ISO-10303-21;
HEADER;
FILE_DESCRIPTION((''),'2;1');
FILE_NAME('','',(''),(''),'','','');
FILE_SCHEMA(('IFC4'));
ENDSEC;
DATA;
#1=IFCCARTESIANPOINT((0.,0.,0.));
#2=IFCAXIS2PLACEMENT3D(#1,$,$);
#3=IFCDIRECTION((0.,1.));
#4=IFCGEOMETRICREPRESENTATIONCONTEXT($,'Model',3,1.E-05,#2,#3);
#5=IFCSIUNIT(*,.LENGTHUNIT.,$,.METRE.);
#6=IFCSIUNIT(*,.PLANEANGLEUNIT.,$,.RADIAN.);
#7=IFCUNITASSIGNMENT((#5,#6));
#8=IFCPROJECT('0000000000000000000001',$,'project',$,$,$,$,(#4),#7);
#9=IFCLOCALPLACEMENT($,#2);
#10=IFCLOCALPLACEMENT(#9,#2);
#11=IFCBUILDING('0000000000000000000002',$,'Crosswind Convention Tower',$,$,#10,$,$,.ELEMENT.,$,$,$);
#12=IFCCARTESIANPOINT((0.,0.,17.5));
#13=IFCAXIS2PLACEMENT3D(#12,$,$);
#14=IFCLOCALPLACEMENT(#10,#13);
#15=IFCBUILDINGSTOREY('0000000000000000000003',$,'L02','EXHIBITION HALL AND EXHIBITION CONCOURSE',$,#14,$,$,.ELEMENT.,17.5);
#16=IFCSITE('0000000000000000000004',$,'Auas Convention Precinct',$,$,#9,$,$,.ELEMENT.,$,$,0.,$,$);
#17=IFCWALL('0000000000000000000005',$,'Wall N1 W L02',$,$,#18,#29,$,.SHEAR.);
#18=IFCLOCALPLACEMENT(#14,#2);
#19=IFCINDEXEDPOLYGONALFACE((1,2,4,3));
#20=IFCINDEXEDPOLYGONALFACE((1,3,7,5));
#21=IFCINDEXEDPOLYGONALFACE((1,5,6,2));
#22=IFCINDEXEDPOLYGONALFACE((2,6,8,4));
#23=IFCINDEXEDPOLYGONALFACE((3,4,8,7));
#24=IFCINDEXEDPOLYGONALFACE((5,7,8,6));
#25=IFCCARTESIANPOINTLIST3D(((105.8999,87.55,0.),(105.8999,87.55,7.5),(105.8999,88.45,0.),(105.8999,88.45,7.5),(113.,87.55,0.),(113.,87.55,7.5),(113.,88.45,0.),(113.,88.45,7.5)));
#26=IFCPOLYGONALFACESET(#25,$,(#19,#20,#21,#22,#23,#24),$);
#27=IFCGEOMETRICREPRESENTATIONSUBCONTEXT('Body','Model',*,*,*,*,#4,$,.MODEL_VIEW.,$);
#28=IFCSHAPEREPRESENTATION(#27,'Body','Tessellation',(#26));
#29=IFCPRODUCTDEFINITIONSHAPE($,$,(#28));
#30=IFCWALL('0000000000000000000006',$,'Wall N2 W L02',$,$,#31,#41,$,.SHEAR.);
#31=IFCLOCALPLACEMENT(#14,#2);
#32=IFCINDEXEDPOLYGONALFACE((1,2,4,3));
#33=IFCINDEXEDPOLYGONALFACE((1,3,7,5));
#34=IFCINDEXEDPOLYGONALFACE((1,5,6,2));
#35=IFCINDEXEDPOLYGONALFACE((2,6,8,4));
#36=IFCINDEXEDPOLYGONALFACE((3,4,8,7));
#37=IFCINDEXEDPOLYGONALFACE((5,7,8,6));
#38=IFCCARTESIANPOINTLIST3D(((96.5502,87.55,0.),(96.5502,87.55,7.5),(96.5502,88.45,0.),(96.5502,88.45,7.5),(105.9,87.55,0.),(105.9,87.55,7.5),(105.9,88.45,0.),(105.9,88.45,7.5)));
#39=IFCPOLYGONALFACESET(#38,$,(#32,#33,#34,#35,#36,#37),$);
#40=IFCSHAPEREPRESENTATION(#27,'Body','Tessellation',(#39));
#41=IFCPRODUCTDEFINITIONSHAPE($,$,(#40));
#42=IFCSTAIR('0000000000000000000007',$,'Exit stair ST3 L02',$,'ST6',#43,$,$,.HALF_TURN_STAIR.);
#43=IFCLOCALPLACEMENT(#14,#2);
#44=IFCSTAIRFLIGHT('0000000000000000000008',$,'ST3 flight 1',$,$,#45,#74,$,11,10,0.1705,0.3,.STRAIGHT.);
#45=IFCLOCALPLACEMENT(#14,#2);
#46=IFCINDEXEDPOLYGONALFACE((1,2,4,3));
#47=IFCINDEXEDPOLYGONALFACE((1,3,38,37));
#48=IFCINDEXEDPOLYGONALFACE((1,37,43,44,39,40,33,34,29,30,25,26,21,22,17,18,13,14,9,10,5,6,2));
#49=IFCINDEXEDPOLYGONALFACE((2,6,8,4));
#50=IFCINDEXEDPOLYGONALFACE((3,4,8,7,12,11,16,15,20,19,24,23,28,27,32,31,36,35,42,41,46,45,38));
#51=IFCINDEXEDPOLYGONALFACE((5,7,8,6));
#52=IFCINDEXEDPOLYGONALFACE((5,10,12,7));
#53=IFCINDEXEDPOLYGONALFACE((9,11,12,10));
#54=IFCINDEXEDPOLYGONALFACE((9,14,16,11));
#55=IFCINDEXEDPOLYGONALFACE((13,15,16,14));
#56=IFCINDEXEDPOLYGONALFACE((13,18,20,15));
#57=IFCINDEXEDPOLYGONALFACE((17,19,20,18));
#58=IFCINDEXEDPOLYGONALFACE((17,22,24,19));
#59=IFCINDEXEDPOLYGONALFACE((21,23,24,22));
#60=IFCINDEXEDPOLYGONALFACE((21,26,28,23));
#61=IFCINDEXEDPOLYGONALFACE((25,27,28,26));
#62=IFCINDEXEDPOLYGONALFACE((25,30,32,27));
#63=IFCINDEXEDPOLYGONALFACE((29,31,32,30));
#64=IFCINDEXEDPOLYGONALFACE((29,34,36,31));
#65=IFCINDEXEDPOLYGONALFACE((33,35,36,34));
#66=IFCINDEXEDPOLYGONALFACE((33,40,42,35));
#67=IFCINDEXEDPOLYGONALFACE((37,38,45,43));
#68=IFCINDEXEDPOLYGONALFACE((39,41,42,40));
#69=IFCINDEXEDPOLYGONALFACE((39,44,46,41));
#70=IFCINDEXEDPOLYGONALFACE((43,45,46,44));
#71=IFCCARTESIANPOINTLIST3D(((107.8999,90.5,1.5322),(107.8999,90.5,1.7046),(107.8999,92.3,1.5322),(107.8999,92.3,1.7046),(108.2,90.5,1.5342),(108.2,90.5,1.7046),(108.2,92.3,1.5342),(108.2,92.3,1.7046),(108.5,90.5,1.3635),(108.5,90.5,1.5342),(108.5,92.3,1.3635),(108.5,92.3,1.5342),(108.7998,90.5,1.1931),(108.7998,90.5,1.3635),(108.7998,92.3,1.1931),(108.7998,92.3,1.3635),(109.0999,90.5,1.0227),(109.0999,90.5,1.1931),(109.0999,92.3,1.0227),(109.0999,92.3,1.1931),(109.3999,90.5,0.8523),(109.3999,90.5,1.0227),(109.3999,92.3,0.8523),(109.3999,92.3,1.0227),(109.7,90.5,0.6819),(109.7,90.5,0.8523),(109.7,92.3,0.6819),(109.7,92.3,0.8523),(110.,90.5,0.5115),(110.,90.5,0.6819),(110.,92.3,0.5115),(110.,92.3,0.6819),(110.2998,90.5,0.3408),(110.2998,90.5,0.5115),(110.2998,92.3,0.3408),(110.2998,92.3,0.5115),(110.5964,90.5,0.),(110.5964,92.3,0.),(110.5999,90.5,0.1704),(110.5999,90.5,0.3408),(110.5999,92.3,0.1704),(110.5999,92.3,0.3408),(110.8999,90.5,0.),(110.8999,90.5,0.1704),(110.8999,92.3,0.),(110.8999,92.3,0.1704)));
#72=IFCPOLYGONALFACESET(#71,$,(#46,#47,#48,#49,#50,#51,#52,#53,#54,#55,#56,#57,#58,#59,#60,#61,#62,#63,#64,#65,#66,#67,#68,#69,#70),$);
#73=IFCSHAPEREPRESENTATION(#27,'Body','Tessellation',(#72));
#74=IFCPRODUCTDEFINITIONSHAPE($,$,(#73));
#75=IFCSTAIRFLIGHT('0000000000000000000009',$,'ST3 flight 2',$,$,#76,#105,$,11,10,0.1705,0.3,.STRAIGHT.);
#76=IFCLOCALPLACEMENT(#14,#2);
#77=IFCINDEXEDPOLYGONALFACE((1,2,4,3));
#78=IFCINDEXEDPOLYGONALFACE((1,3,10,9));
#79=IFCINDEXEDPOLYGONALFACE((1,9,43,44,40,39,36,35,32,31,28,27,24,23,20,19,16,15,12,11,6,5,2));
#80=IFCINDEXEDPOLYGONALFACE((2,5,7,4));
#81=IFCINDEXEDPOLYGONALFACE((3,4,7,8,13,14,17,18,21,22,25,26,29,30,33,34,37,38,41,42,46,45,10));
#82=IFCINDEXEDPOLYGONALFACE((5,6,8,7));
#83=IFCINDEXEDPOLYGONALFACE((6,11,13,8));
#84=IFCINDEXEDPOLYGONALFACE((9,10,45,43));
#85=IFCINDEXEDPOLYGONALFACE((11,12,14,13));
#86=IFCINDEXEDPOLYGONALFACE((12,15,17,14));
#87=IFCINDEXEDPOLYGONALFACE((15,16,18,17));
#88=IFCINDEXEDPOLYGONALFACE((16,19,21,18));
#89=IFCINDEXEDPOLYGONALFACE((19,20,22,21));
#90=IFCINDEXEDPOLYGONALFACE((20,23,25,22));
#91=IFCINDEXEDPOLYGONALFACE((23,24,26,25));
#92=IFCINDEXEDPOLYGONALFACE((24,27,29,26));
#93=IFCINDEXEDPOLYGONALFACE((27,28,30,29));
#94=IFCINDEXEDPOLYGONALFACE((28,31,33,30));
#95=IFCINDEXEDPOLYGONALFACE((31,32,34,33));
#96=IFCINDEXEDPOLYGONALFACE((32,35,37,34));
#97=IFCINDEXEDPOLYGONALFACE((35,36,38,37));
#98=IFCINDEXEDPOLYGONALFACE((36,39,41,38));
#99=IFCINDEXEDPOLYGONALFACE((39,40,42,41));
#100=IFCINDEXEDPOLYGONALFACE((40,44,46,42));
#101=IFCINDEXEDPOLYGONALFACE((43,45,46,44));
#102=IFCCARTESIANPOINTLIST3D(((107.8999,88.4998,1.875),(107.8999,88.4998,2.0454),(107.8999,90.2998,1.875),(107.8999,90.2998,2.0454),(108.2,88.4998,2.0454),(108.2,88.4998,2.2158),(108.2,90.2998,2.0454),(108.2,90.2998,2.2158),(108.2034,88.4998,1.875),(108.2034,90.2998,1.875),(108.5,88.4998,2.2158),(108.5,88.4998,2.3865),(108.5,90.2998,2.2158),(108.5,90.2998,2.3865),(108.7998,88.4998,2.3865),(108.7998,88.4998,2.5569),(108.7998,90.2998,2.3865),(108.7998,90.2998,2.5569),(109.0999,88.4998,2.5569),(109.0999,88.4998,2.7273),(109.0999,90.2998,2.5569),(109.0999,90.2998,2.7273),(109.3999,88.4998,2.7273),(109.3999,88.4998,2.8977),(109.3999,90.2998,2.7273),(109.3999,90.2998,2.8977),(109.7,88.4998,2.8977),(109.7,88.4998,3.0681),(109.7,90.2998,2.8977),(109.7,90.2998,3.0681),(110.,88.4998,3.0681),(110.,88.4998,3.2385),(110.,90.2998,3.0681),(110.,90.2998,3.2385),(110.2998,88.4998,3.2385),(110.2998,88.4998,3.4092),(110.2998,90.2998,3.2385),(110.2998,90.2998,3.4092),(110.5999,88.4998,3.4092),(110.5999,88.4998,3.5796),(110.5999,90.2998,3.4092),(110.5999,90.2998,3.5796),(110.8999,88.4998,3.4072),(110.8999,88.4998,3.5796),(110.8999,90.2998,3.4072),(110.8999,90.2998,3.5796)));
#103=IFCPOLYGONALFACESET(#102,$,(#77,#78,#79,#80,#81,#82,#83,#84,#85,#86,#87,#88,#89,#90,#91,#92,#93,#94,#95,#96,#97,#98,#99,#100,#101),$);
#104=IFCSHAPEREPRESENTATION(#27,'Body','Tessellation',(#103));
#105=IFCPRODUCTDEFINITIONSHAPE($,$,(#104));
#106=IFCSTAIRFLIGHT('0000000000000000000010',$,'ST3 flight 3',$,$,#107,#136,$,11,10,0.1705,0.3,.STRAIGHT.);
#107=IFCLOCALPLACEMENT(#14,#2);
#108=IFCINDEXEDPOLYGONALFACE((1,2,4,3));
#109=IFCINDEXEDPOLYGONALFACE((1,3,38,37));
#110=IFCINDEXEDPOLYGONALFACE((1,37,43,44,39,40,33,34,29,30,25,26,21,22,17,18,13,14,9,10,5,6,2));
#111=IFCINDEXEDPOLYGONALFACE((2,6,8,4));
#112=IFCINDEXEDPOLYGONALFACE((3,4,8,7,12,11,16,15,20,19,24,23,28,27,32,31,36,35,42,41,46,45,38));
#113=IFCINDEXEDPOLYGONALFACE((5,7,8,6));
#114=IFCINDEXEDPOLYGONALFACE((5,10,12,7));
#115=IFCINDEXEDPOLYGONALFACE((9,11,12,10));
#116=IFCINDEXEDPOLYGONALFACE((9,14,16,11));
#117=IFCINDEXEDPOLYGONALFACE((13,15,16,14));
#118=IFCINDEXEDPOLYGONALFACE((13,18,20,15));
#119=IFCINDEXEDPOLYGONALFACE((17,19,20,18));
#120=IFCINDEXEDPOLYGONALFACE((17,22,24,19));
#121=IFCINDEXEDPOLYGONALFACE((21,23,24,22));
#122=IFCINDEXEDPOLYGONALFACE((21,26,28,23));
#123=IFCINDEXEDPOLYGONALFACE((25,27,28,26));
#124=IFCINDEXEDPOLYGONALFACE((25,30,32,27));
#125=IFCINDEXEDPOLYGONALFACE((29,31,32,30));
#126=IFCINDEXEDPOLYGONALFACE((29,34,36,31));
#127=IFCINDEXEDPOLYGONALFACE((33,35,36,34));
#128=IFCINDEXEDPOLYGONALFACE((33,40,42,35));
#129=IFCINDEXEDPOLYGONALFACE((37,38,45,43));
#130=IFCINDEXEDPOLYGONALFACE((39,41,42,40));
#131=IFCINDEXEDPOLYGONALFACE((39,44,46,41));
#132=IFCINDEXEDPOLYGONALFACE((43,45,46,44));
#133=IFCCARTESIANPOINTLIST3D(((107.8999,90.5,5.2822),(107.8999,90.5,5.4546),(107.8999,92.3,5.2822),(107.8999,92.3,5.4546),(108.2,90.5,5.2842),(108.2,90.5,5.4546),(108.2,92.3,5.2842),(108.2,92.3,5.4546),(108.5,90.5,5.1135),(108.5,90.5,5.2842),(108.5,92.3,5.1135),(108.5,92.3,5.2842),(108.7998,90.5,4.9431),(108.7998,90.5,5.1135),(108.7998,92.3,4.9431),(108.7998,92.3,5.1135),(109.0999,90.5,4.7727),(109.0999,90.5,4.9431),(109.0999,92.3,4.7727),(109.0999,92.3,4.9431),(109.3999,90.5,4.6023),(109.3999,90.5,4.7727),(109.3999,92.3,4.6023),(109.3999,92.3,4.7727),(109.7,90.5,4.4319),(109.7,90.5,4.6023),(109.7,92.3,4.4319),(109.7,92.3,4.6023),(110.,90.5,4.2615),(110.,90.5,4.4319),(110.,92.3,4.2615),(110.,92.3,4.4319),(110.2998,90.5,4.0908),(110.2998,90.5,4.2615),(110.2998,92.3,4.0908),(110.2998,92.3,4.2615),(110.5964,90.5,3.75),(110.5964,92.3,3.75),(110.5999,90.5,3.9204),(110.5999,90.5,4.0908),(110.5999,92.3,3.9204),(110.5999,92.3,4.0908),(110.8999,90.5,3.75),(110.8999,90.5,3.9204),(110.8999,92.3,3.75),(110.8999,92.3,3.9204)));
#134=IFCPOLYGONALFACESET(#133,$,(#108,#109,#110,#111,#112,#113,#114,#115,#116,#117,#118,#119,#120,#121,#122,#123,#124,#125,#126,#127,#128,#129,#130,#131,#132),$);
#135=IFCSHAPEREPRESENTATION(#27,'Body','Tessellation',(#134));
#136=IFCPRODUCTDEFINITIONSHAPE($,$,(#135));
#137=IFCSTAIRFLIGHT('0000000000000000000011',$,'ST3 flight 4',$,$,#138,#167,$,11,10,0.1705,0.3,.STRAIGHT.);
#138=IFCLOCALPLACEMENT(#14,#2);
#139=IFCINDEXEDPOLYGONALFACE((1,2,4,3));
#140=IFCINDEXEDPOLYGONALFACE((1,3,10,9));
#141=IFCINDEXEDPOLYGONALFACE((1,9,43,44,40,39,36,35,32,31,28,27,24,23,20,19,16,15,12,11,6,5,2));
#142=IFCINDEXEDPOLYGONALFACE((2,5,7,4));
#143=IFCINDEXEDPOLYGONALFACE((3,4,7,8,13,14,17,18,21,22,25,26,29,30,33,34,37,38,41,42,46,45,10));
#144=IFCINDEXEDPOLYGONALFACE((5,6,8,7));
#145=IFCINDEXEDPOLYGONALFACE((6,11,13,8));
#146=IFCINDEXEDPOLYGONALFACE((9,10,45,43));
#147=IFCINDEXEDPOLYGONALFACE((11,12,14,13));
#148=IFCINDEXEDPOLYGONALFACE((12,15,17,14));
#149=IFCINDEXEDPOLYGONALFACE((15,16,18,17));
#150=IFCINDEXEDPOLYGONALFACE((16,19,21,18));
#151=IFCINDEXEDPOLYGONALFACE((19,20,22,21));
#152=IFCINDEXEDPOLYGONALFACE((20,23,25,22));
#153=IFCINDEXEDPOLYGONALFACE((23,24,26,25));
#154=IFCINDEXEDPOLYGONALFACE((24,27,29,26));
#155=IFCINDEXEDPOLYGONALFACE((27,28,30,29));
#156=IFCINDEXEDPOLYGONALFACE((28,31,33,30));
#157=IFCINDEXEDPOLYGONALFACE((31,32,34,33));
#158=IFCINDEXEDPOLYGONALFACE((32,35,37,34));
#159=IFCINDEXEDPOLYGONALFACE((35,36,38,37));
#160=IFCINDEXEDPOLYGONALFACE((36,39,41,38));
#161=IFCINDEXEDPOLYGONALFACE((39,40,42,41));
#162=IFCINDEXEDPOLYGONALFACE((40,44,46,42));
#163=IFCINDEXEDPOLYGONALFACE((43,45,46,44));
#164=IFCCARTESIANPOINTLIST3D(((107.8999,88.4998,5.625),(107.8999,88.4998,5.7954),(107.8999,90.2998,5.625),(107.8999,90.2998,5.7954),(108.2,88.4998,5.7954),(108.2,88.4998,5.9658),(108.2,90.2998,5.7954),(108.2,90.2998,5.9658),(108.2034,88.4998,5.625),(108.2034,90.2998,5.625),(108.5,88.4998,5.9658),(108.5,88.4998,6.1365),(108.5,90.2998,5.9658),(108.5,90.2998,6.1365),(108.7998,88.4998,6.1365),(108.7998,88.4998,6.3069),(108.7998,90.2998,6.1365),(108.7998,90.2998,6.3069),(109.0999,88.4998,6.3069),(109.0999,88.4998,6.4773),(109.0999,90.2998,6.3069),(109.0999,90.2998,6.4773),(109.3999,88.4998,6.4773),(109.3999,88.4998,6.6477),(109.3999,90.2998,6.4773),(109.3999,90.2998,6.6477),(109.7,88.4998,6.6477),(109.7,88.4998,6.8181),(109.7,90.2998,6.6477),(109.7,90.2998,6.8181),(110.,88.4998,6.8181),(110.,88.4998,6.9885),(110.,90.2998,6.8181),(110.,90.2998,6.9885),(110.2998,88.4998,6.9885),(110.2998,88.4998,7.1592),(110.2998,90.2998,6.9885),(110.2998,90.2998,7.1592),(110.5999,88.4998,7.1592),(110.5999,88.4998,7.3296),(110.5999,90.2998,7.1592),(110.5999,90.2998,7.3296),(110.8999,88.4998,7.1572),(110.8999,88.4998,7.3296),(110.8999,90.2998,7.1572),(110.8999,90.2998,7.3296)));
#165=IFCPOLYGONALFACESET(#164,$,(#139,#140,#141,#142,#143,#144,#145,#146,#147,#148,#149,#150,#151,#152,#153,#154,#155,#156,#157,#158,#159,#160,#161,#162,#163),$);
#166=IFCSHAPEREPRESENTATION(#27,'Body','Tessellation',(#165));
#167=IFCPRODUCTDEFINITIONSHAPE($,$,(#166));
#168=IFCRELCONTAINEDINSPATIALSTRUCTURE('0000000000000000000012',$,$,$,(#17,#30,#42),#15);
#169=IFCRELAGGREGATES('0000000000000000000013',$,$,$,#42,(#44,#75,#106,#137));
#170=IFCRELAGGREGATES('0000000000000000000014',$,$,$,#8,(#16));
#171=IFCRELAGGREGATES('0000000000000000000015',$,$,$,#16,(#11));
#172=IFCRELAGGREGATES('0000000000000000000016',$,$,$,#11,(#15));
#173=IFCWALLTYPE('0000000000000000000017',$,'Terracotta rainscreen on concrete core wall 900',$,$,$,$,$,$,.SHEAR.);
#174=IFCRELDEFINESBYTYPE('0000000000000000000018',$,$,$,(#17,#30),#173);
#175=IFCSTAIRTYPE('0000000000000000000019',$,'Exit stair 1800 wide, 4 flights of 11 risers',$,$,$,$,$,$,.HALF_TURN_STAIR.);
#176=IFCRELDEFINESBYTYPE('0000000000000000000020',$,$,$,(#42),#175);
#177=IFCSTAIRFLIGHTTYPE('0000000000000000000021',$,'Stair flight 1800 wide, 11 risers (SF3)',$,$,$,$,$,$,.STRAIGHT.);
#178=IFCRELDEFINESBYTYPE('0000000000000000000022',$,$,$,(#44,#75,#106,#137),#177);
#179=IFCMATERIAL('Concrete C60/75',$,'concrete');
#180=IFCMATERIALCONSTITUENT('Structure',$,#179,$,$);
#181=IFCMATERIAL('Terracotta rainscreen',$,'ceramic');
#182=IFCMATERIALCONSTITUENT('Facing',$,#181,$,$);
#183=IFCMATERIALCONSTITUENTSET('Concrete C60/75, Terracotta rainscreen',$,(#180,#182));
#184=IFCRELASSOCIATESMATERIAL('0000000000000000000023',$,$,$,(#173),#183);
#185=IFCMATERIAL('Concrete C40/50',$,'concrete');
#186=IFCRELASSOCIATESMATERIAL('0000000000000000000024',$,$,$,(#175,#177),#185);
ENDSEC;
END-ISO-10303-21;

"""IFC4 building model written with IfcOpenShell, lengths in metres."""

from ifc_helpers import new_model, si_unit, direction, frame, frame_2d, origin, place, context, subcontext, project, spatial, polyline, rectangle, outline, extrude, material, constituent, constituent_set, type_object, element, aggregate, save


model = new_model("IFC4")

# Units and contexts
model_context = context("Model", 3, precision=1e-05, world=origin(), true_north=direction((0.0, 1.0)))
body_context = subcontext(model_context, "Body", "Model", "MODEL_VIEW")
ifc_project = project(units=[si_unit("LENGTHUNIT", "METRE"), si_unit("PLANEANGLEUNIT", "RADIAN")], contexts=[model_context])

# Site, building, storey
site_placement = place(None, origin())
site = spatial("IfcSite", under=ifc_project, at=site_placement, Name="Auas Convention Precinct", CompositionType="ELEMENT", RefElevation=0.0)
building_placement = place(site_placement, origin())
building = spatial("IfcBuilding", under=site, at=building_placement, Name="Crosswind Convention Tower", CompositionType="ELEMENT")
storey_placement = place(building_placement, frame((0.0, 0.0, 17.5)))
storey = spatial("IfcBuildingStorey", under=building, at=storey_placement, Name="L02", Description="EXHIBITION HALL AND EXHIBITION CONCOURSE", CompositionType="ELEMENT", Elevation=17.5)

# Walls
ifc_material_1 = material(Name="Concrete C60/75", Category="concrete")
ifc_constituent_1 = constituent(ifc_material_1, Name="Structure")
ifc_material_2 = material(Name="Terracotta rainscreen", Category="ceramic")
ifc_constituent_2 = constituent(ifc_material_2, Name="Facing")
ifc_constituent_set = constituent_set(constituents=[ifc_constituent_1, ifc_constituent_2], Name="Concrete C60/75, Terracotta rainscreen")
wall_type_1 = type_object("IfcWallType", Name="Terracotta rainscreen on concrete core wall 900", PredefinedType="SHEAR", material=ifc_constituent_set)
wall_1_placement = place(storey_placement, frame((113.0, 88.0, 0.0), z_axis=(0.0, 0.0, 1.0), x_axis=(-1.0, 0.0, 0.0)))
element("IfcWall", 1, at=wall_1_placement, inside=storey, type_object=wall_type_1, Name="Wall N1 W L02", PredefinedType="SHEAR", context=body_context, shape_type="SweptSolid", body=[
    extrude(rectangle(XDim=7.1001, YDim=0.8999, at=frame_2d((3.55, 0.0))), origin(), (0.0, 0.0, 1.0), 7.5),
])
wall_2_placement = place(storey_placement, frame((105.8999, 88.0, 0.0), z_axis=(0.0, 0.0, 1.0), x_axis=(-1.0, 0.0, 0.0)))
element("IfcWall", 2, at=wall_2_placement, inside=storey, type_object=wall_type_1, Name="Wall N2 W L02", PredefinedType="SHEAR", context=body_context, shape_type="SweptSolid", body=[
    extrude(rectangle(XDim=9.3499, YDim=0.8999, at=frame_2d((4.6748, 0.0))), origin(), (0.0, 0.0, 1.0), 7.5),
])

# Stair, stair flights
ifc_material_3 = material(Name="Concrete C40/50", Category="concrete")
stair_type = type_object("IfcStairType", Name="Exit stair 1800 wide, 4 flights of 11 risers", PredefinedType="HALF_TURN_STAIR", material=ifc_material_3)
stair_placement = place(storey_placement, origin())
stair = element("IfcStair", 3, at=stair_placement, inside=storey, type_object=stair_type, Name="Exit stair ST3 L02", ObjectType="ST6", PredefinedType="HALF_TURN_STAIR")
stair_flight_type = type_object("IfcStairFlightType", Name="Stair flight 1800 wide, 11 risers (SF3)", PredefinedType="STRAIGHT", material=ifc_material_3)
stair_flight_1_placement = place(storey_placement, frame((110.8999, 91.3999, 0.0), z_axis=(0.0, 0.0, 1.0), x_axis=(-1.0, 0.0, 0.0)))
stair_flight_1 = element("IfcStairFlight", 4, at=stair_flight_1_placement, type_object=stair_flight_type, Name="ST3 flight 1", NumberOfRisers=11, NumberOfTreads=10, PredefinedType="STRAIGHT", RiserHeight=0.1705, TreadLength=0.3, context=body_context, shape_type="SweptSolid", body=[
    extrude(outline(polyline([(0.0, 0.0), (0.0, 0.1704), (0.3, 0.1704), (0.3, 0.3408), (0.6001, 0.3408), (0.6001, 0.5115), (0.8999, 0.5115), (0.8999, 0.6819), (1.2, 0.6819), (1.2, 0.8523), (1.5, 0.8523), (1.5, 1.0227), (1.8, 1.0227), (1.8, 1.1931), (2.1001, 1.1931), (2.1001, 1.3635), (2.3999, 1.3635), (2.3999, 1.5342), (2.7, 1.5342), (2.7, 1.7046), (3.0, 1.7046), (3.0, 1.875), (3.0, 1.5322), (0.3035, 0.0), (0.0, 0.0)])), frame((0.0, 0.8999, 0.0), z_axis=(0.0, -1.0, 0.0), x_axis=(1.0, 0.0, 0.0)), (0.0, 0.0, 1.0), 1.8),
])
stair_flight_2_placement = place(storey_placement, frame((107.8999, 89.3999, 1.875), z_axis=(0.0, 0.0, 1.0), x_axis=(1.0, 0.0, 0.0)))
stair_flight_2 = element("IfcStairFlight", 5, at=stair_flight_2_placement, type_object=stair_flight_type, Name="ST3 flight 2", NumberOfRisers=11, NumberOfTreads=10, PredefinedType="STRAIGHT", RiserHeight=0.1705, TreadLength=0.3, context=body_context, shape_type="SweptSolid", body=[
    extrude(outline(polyline([(0.0, 0.0), (0.0, 0.1704), (0.3, 0.1704), (0.3, 0.3408), (0.6001, 0.3408), (0.6001, 0.5115), (0.8999, 0.5115), (0.8999, 0.6819), (1.2, 0.6819), (1.2, 0.8523), (1.5, 0.8523), (1.5, 1.0227), (1.8, 1.0227), (1.8, 1.1931), (2.1001, 1.1931), (2.1001, 1.3635), (2.3999, 1.3635), (2.3999, 1.5342), (2.7, 1.5342), (2.7, 1.7046), (3.0, 1.7046), (3.0, 1.875), (3.0, 1.5322), (0.3035, 0.0), (0.0, 0.0)])), frame((0.0, 0.8999, 0.0), z_axis=(0.0, -1.0, 0.0), x_axis=(1.0, 0.0, 0.0)), (0.0, 0.0, 1.0), 1.8),
])
stair_flight_3_placement = place(storey_placement, frame((110.8999, 91.3999, 3.75), z_axis=(0.0, 0.0, 1.0), x_axis=(-1.0, 0.0, 0.0)))
stair_flight_3 = element("IfcStairFlight", 6, at=stair_flight_3_placement, type_object=stair_flight_type, Name="ST3 flight 3", NumberOfRisers=11, NumberOfTreads=10, PredefinedType="STRAIGHT", RiserHeight=0.1705, TreadLength=0.3, context=body_context, shape_type="SweptSolid", body=[
    extrude(outline(polyline([(0.0, 0.0), (0.0, 0.1704), (0.3, 0.1704), (0.3, 0.3408), (0.6001, 0.3408), (0.6001, 0.5115), (0.8999, 0.5115), (0.8999, 0.6819), (1.2, 0.6819), (1.2, 0.8523), (1.5, 0.8523), (1.5, 1.0227), (1.8, 1.0227), (1.8, 1.1931), (2.1001, 1.1931), (2.1001, 1.3635), (2.3999, 1.3635), (2.3999, 1.5342), (2.7, 1.5342), (2.7, 1.7046), (3.0, 1.7046), (3.0, 1.875), (3.0, 1.5322), (0.3035, 0.0), (0.0, 0.0)])), frame((0.0, 0.8999, 0.0), z_axis=(0.0, -1.0, 0.0), x_axis=(1.0, 0.0, 0.0)), (0.0, 0.0, 1.0), 1.8),
])
stair_flight_4_placement = place(storey_placement, frame((107.8999, 89.3999, 5.625), z_axis=(0.0, 0.0, 1.0), x_axis=(1.0, 0.0, 0.0)))
stair_flight_4 = element("IfcStairFlight", 7, at=stair_flight_4_placement, type_object=stair_flight_type, Name="ST3 flight 4", NumberOfRisers=11, NumberOfTreads=10, PredefinedType="STRAIGHT", RiserHeight=0.1705, TreadLength=0.3, context=body_context, shape_type="SweptSolid", body=[
    extrude(outline(polyline([(0.0, 0.0), (0.0, 0.1704), (0.3, 0.1704), (0.3, 0.3408), (0.6001, 0.3408), (0.6001, 0.5115), (0.8999, 0.5115), (0.8999, 0.6819), (1.2, 0.6819), (1.2, 0.8523), (1.5, 0.8523), (1.5, 1.0227), (1.8, 1.0227), (1.8, 1.1931), (2.1001, 1.1931), (2.1001, 1.3635), (2.3999, 1.3635), (2.3999, 1.5342), (2.7, 1.5342), (2.7, 1.7046), (3.0, 1.7046), (3.0, 1.875), (3.0, 1.5322), (0.3035, 0.0), (0.0, 0.0)])), frame((0.0, 0.8999, 0.0), z_axis=(0.0, -1.0, 0.0), x_axis=(1.0, 0.0, 0.0)), (0.0, 0.0, 1.0), 1.8),
])
aggregate(stair, [stair_flight_1, stair_flight_2, stair_flight_3, stair_flight_4])

save(model, "model.ifc")
